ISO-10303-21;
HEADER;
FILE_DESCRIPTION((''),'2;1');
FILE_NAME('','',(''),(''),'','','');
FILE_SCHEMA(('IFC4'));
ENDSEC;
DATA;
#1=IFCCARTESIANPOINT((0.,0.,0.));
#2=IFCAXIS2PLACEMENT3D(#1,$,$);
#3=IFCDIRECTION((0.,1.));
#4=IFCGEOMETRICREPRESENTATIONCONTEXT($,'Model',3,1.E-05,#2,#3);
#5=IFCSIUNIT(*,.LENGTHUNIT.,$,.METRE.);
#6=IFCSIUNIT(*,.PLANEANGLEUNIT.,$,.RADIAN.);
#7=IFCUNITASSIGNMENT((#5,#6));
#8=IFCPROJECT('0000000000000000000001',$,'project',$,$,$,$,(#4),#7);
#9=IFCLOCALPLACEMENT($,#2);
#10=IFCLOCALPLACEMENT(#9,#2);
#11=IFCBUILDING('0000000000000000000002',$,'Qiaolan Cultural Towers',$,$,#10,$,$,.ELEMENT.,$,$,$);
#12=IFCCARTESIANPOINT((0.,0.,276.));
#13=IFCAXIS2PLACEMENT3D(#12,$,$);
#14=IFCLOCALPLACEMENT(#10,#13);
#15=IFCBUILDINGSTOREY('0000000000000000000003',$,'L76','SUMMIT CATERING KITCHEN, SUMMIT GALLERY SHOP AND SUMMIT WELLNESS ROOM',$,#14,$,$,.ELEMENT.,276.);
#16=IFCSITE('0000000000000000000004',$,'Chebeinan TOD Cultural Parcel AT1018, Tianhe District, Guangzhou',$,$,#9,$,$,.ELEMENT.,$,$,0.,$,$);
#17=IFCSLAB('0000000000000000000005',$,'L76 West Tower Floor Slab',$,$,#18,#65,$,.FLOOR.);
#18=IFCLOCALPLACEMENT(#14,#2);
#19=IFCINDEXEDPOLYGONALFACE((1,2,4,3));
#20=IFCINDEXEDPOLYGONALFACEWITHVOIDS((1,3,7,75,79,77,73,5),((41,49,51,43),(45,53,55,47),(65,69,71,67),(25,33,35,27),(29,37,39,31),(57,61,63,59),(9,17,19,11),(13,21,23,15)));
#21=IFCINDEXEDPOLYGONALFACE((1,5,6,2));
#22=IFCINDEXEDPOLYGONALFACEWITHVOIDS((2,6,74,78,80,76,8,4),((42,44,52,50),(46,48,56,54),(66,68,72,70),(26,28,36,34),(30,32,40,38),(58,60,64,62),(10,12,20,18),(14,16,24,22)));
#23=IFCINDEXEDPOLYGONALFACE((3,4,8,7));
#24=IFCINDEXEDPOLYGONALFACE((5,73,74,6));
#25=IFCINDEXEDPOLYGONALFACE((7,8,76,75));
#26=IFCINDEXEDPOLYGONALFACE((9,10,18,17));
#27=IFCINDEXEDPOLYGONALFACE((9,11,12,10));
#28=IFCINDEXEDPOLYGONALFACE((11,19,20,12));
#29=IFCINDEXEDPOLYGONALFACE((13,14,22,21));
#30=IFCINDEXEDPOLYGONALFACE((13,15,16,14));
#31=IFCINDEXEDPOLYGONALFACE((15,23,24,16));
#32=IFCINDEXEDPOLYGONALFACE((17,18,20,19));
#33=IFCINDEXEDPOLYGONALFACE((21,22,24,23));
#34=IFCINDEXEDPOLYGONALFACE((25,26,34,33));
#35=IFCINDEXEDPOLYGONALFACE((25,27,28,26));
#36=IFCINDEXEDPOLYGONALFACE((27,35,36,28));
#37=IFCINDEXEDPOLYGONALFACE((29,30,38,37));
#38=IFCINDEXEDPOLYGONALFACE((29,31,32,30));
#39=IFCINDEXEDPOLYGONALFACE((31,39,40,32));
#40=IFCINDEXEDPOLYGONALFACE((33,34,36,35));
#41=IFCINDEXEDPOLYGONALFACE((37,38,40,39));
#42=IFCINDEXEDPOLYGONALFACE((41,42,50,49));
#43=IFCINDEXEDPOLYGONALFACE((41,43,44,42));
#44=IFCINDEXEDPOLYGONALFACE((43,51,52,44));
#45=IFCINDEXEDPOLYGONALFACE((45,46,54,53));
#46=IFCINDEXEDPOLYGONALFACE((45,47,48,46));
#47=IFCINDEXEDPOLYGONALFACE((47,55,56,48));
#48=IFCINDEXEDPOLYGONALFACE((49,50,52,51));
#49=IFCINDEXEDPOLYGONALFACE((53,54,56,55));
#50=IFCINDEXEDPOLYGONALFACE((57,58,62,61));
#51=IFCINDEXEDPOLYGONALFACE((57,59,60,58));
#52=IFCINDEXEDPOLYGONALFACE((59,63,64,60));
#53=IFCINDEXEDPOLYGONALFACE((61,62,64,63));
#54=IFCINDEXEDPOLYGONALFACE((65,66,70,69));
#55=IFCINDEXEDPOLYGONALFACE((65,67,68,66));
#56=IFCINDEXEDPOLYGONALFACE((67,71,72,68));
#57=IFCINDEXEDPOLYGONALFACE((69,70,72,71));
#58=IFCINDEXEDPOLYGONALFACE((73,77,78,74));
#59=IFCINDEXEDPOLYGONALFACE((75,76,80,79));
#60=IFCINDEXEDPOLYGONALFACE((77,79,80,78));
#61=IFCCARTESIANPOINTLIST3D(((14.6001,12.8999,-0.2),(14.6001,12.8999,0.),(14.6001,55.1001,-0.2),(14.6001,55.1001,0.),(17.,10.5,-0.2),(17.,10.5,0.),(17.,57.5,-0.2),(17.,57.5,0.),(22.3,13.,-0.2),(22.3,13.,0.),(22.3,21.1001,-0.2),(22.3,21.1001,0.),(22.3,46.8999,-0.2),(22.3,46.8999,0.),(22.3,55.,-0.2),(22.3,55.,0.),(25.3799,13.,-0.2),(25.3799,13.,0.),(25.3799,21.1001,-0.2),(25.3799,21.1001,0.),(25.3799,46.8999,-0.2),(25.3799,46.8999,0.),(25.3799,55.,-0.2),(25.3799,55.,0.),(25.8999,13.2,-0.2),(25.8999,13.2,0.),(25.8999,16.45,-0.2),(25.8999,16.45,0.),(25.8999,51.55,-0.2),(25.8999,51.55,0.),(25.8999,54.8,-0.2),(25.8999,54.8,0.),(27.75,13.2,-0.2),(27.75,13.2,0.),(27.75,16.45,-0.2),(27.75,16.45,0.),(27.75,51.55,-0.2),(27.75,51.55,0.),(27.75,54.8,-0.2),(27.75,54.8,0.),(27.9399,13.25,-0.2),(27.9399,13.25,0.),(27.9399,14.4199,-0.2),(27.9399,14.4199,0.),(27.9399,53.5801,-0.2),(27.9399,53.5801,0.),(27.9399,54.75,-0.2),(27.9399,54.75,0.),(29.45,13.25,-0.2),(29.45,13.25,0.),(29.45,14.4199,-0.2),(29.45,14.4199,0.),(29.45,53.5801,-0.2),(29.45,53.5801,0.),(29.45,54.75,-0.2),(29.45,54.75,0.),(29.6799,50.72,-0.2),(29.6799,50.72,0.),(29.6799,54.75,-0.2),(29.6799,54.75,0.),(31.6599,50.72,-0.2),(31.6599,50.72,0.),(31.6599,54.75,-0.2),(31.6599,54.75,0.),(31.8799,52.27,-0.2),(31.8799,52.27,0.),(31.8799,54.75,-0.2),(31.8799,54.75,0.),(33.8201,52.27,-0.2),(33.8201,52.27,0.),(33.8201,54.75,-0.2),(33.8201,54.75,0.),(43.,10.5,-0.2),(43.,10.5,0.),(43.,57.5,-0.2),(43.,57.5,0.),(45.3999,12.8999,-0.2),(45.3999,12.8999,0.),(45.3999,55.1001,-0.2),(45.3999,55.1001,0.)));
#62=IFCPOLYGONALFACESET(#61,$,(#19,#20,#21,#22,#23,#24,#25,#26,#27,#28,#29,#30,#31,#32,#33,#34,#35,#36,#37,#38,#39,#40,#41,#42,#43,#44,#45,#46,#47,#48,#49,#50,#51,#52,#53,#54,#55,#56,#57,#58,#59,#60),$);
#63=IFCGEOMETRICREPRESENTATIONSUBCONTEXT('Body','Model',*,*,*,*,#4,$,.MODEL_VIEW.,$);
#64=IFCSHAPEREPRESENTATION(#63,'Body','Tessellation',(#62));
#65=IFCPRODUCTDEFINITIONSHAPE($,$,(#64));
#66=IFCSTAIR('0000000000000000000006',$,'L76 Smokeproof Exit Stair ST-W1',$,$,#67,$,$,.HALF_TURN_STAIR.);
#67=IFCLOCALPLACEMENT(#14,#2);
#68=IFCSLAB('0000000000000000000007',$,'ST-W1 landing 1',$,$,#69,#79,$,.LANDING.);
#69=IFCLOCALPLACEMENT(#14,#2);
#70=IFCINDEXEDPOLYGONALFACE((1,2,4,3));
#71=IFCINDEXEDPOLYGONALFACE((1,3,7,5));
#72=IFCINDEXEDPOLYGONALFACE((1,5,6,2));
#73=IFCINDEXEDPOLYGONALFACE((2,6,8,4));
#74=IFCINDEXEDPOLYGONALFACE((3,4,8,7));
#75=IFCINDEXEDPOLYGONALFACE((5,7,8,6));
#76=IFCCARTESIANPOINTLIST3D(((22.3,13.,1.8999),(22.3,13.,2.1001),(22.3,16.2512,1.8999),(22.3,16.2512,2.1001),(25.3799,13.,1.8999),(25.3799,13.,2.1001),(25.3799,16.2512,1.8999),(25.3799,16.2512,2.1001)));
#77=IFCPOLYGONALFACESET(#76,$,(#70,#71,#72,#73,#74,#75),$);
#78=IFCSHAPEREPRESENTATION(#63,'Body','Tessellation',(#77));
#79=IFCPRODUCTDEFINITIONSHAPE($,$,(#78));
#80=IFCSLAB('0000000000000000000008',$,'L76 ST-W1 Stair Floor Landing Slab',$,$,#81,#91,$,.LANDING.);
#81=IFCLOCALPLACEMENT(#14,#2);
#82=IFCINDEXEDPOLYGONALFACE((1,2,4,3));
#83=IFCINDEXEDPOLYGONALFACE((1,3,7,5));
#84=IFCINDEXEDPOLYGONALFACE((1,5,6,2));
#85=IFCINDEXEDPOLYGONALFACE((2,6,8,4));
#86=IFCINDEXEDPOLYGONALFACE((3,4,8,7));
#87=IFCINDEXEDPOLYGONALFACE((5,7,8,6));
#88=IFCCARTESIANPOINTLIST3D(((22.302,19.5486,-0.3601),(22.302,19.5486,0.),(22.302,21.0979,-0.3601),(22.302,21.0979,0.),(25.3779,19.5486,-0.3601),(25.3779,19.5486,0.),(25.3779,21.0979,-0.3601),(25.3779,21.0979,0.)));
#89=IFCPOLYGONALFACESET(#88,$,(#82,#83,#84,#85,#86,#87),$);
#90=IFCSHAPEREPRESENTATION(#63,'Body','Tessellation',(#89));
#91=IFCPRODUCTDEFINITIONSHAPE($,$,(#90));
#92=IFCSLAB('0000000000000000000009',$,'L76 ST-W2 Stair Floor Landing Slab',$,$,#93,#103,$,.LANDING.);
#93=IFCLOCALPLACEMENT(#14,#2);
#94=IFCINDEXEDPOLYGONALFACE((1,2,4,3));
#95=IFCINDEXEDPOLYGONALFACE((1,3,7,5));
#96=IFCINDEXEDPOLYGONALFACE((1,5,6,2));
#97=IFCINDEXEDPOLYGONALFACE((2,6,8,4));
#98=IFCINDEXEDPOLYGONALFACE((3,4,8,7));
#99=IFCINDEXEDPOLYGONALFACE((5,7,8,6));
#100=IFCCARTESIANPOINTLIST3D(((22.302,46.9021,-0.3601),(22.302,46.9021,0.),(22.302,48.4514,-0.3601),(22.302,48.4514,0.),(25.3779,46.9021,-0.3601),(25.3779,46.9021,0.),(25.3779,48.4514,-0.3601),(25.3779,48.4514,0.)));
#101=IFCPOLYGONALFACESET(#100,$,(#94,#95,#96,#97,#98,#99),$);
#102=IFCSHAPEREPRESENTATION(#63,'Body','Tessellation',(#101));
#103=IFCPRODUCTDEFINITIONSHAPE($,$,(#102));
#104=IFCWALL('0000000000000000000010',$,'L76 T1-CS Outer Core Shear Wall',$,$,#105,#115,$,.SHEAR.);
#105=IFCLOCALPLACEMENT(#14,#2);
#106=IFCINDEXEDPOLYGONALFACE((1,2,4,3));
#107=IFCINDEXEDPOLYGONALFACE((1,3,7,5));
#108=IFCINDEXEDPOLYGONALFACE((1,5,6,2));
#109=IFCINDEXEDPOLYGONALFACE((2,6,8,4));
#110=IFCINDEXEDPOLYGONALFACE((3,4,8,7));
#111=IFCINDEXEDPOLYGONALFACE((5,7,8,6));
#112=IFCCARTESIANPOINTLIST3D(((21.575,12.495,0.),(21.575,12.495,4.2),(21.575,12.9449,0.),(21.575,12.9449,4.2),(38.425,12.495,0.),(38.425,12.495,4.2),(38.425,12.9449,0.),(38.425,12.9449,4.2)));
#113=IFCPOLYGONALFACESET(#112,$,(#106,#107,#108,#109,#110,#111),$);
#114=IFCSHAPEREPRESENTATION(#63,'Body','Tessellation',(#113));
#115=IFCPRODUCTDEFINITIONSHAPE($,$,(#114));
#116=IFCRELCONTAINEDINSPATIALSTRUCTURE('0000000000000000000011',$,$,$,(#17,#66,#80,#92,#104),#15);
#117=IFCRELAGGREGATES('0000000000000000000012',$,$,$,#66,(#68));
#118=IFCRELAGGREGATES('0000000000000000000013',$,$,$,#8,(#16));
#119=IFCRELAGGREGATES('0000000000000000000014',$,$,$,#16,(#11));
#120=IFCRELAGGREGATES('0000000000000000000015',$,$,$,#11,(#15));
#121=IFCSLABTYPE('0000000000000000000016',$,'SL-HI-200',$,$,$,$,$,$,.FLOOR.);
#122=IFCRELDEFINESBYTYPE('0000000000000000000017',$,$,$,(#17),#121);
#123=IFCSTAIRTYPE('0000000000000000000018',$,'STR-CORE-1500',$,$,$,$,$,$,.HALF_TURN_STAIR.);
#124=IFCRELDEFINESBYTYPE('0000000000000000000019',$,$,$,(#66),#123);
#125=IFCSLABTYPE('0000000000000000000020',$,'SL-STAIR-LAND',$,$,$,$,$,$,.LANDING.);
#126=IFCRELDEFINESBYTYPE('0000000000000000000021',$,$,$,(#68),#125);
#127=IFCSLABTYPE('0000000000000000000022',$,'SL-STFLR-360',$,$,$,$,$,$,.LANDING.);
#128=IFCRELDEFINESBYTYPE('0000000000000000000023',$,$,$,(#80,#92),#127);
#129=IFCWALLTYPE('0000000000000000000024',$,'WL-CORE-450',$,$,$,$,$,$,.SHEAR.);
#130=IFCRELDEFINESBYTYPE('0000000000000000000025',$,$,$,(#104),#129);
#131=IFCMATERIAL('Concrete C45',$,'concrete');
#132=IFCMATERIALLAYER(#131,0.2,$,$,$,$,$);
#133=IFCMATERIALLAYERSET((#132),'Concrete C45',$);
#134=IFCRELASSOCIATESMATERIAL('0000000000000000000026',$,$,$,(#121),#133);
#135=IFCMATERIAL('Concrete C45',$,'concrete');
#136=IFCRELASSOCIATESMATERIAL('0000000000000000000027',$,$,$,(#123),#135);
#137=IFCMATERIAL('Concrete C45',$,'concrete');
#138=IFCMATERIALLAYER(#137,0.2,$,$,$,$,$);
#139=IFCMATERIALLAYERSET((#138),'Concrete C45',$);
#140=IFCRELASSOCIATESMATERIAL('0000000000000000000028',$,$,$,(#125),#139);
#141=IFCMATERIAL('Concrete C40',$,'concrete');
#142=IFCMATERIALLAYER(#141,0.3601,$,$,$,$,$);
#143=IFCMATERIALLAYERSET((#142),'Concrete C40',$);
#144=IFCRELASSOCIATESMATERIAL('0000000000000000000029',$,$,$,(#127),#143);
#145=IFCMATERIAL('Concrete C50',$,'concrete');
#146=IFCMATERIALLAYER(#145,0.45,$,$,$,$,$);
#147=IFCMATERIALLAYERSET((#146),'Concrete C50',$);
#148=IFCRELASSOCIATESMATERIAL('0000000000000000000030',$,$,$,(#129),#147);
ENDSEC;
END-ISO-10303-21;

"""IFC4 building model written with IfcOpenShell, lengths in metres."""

from ifc_helpers import new_model, si_unit, direction, frame, frame_2d, origin, place, context, subcontext, project, spatial, polyline, rectangle, outline, extrude, material, layer, layer_set, type_object, element, aggregate, save


model = new_model("IFC4")

# Units and contexts
model_context = context("Model", 3, precision=1e-05, world=origin(), true_north=direction((0.0, 1.0)))
body_context = subcontext(model_context, "Body", "Model", "MODEL_VIEW")
ifc_project = project(units=[si_unit("LENGTHUNIT", "METRE"), si_unit("PLANEANGLEUNIT", "RADIAN")], contexts=[model_context])

# Site, building, storey
site_placement = place(None, origin())
site = spatial("IfcSite", under=ifc_project, at=site_placement, Name="Chebeinan TOD Cultural Parcel AT1018, Tianhe District, Guangzhou", CompositionType="ELEMENT", RefElevation=0.0)
building_placement = place(site_placement, origin())
building = spatial("IfcBuilding", under=site, at=building_placement, Name="Qiaolan Cultural Towers", CompositionType="ELEMENT")
storey_placement = place(building_placement, frame((0.0, 0.0, 276.0)))
storey = spatial("IfcBuildingStorey", under=building, at=storey_placement, Name="L76", Description="SUMMIT CATERING KITCHEN, SUMMIT GALLERY SHOP AND SUMMIT WELLNESS ROOM", CompositionType="ELEMENT", Elevation=276.0)

# Slab
ifc_material_1 = material(Name="Concrete C45", Category="concrete")
ifc_layer_1 = layer(ifc_material_1, 0.2)
ifc_layer_set_1 = layer_set([ifc_layer_1], Name="Concrete C45")
slab_type_1 = type_object("IfcSlabType", Name="SL-HI-200", PredefinedType="FLOOR", material=ifc_layer_set_1)
slab_1_placement = place(storey_placement, frame((0.0, 0.0, -0.2)))
element("IfcSlab", 1, at=slab_1_placement, inside=storey, type_object=slab_type_1, Name="L76 West Tower Floor Slab", PredefinedType="FLOOR", context=body_context, shape_type="SweptSolid", body=[
    extrude(outline(polyline([(17.0, 10.5), (43.0, 10.5), (45.3999, 12.8999), (45.3999, 55.1001), (43.0, 57.5), (17.0, 57.5), (14.6001, 55.1001), (14.6001, 12.8999), (17.0, 10.5)]), holes=[polyline([(22.3, 21.1001), (22.3, 13.0), (25.3799, 13.0), (25.3799, 21.1001), (22.3, 21.1001)]), polyline([(25.3799, 46.8999), (25.3799, 55.0), (22.3, 55.0), (22.3, 46.8999), (25.3799, 46.8999)]), polyline([(25.8999, 13.2), (27.75, 13.2), (27.75, 16.45), (25.8999, 16.45), (25.8999, 13.2)]), polyline([(27.9399, 13.25), (29.45, 13.25), (29.45, 14.4199), (27.9399, 14.4199), (27.9399, 13.25)]), polyline([(25.8999, 51.55), (27.75, 51.55), (27.75, 54.8), (25.8999, 54.8), (25.8999, 51.55)]), polyline([(27.9399, 53.5801), (29.45, 53.5801), (29.45, 54.75), (27.9399, 54.75), (27.9399, 53.5801)]), polyline([(31.8799, 52.27), (33.8201, 52.27), (33.8201, 54.75), (31.8799, 54.75), (31.8799, 52.27)]), polyline([(29.6799, 50.72), (31.6599, 50.72), (31.6599, 54.75), (29.6799, 54.75), (29.6799, 50.72)])]), origin(), (0.0, 0.0, 1.0), 0.2),
])

# Stair, slab
ifc_material_2 = material(Name="Concrete C45", Category="concrete")
stair_type = type_object("IfcStairType", Name="STR-CORE-1500", PredefinedType="HALF_TURN_STAIR", material=ifc_material_2)
stair_placement = place(storey_placement, origin())
stair = element("IfcStair", 2, at=stair_placement, inside=storey, type_object=stair_type, Name="L76 Smokeproof Exit Stair ST-W1", PredefinedType="HALF_TURN_STAIR")
ifc_material_3 = material(Name="Concrete C45", Category="concrete")
ifc_layer_2 = layer(ifc_material_3, 0.2)
ifc_layer_set_2 = layer_set([ifc_layer_2], Name="Concrete C45")
slab_type_2 = type_object("IfcSlabType", Name="SL-STAIR-LAND", PredefinedType="LANDING", material=ifc_layer_set_2)
slab_2_placement = place(storey_placement, frame((0.0, 0.0, 1.8999)))
slab_2 = element("IfcSlab", 3, at=slab_2_placement, type_object=slab_type_2, Name="ST-W1 landing 1", PredefinedType="LANDING", context=body_context, shape_type="SweptSolid", body=[
    extrude(outline(polyline([(22.3, 16.2512), (22.3, 13.0), (25.3799, 13.0), (25.3799, 16.2512), (22.3, 16.2512)])), origin(), (0.0, 0.0, 1.0), 0.2002),
])

# Slabs
ifc_material_4 = material(Name="Concrete C40", Category="concrete")
ifc_layer_3 = layer(ifc_material_4, 0.3601)
ifc_layer_set_3 = layer_set([ifc_layer_3], Name="Concrete C40")
slab_type_3 = type_object("IfcSlabType", Name="SL-STFLR-360", PredefinedType="LANDING", material=ifc_layer_set_3)
slab_3_placement = place(storey_placement, frame((0.0, 0.0, -0.3601)))
element("IfcSlab", 4, at=slab_3_placement, inside=storey, type_object=slab_type_3, Name="L76 ST-W1 Stair Floor Landing Slab", PredefinedType="LANDING", context=body_context, shape_type="SweptSolid", body=[
    extrude(outline(polyline([(22.302, 21.0979), (22.302, 19.5486), (25.3779, 19.5486), (25.3779, 21.0979), (22.302, 21.0979)])), origin(), (0.0, 0.0, 1.0), 0.3601),
])
slab_4_placement = place(storey_placement, frame((0.0, 0.0, -0.3601)))
element("IfcSlab", 5, at=slab_4_placement, inside=storey, type_object=slab_type_3, Name="L76 ST-W2 Stair Floor Landing Slab", PredefinedType="LANDING", context=body_context, shape_type="SweptSolid", body=[
    extrude(outline(polyline([(25.3779, 46.9021), (25.3779, 48.4514), (22.302, 48.4514), (22.302, 46.9021), (25.3779, 46.9021)])), origin(), (0.0, 0.0, 1.0), 0.3601),
])

# Wall
ifc_material_5 = material(Name="Concrete C50", Category="concrete")
ifc_layer_4 = layer(ifc_material_5, 0.45)
ifc_layer_set_4 = layer_set([ifc_layer_4], Name="Concrete C50")
wall_type_1 = type_object("IfcWallType", Name="WL-CORE-450", PredefinedType="SHEAR", material=ifc_layer_set_4)
wall_1_placement = place(storey_placement, frame((21.575, 12.72, 0.0), z_axis=(0.0, 0.0, 1.0), x_axis=(1.0, 0.0, 0.0)))
element("IfcWall", 6, at=wall_1_placement, inside=storey, type_object=wall_type_1, Name="L76 T1-CS Outer Core Shear Wall", PredefinedType="SHEAR", context=body_context, shape_type="SweptSolid", body=[
    extrude(rectangle(XDim=16.8501, YDim=0.45, at=frame_2d((8.425, 0.0))), origin(), (0.0, 0.0, 1.0), 4.2),
])

aggregate(stair, [slab_2])

save(model, "model.ifc")
